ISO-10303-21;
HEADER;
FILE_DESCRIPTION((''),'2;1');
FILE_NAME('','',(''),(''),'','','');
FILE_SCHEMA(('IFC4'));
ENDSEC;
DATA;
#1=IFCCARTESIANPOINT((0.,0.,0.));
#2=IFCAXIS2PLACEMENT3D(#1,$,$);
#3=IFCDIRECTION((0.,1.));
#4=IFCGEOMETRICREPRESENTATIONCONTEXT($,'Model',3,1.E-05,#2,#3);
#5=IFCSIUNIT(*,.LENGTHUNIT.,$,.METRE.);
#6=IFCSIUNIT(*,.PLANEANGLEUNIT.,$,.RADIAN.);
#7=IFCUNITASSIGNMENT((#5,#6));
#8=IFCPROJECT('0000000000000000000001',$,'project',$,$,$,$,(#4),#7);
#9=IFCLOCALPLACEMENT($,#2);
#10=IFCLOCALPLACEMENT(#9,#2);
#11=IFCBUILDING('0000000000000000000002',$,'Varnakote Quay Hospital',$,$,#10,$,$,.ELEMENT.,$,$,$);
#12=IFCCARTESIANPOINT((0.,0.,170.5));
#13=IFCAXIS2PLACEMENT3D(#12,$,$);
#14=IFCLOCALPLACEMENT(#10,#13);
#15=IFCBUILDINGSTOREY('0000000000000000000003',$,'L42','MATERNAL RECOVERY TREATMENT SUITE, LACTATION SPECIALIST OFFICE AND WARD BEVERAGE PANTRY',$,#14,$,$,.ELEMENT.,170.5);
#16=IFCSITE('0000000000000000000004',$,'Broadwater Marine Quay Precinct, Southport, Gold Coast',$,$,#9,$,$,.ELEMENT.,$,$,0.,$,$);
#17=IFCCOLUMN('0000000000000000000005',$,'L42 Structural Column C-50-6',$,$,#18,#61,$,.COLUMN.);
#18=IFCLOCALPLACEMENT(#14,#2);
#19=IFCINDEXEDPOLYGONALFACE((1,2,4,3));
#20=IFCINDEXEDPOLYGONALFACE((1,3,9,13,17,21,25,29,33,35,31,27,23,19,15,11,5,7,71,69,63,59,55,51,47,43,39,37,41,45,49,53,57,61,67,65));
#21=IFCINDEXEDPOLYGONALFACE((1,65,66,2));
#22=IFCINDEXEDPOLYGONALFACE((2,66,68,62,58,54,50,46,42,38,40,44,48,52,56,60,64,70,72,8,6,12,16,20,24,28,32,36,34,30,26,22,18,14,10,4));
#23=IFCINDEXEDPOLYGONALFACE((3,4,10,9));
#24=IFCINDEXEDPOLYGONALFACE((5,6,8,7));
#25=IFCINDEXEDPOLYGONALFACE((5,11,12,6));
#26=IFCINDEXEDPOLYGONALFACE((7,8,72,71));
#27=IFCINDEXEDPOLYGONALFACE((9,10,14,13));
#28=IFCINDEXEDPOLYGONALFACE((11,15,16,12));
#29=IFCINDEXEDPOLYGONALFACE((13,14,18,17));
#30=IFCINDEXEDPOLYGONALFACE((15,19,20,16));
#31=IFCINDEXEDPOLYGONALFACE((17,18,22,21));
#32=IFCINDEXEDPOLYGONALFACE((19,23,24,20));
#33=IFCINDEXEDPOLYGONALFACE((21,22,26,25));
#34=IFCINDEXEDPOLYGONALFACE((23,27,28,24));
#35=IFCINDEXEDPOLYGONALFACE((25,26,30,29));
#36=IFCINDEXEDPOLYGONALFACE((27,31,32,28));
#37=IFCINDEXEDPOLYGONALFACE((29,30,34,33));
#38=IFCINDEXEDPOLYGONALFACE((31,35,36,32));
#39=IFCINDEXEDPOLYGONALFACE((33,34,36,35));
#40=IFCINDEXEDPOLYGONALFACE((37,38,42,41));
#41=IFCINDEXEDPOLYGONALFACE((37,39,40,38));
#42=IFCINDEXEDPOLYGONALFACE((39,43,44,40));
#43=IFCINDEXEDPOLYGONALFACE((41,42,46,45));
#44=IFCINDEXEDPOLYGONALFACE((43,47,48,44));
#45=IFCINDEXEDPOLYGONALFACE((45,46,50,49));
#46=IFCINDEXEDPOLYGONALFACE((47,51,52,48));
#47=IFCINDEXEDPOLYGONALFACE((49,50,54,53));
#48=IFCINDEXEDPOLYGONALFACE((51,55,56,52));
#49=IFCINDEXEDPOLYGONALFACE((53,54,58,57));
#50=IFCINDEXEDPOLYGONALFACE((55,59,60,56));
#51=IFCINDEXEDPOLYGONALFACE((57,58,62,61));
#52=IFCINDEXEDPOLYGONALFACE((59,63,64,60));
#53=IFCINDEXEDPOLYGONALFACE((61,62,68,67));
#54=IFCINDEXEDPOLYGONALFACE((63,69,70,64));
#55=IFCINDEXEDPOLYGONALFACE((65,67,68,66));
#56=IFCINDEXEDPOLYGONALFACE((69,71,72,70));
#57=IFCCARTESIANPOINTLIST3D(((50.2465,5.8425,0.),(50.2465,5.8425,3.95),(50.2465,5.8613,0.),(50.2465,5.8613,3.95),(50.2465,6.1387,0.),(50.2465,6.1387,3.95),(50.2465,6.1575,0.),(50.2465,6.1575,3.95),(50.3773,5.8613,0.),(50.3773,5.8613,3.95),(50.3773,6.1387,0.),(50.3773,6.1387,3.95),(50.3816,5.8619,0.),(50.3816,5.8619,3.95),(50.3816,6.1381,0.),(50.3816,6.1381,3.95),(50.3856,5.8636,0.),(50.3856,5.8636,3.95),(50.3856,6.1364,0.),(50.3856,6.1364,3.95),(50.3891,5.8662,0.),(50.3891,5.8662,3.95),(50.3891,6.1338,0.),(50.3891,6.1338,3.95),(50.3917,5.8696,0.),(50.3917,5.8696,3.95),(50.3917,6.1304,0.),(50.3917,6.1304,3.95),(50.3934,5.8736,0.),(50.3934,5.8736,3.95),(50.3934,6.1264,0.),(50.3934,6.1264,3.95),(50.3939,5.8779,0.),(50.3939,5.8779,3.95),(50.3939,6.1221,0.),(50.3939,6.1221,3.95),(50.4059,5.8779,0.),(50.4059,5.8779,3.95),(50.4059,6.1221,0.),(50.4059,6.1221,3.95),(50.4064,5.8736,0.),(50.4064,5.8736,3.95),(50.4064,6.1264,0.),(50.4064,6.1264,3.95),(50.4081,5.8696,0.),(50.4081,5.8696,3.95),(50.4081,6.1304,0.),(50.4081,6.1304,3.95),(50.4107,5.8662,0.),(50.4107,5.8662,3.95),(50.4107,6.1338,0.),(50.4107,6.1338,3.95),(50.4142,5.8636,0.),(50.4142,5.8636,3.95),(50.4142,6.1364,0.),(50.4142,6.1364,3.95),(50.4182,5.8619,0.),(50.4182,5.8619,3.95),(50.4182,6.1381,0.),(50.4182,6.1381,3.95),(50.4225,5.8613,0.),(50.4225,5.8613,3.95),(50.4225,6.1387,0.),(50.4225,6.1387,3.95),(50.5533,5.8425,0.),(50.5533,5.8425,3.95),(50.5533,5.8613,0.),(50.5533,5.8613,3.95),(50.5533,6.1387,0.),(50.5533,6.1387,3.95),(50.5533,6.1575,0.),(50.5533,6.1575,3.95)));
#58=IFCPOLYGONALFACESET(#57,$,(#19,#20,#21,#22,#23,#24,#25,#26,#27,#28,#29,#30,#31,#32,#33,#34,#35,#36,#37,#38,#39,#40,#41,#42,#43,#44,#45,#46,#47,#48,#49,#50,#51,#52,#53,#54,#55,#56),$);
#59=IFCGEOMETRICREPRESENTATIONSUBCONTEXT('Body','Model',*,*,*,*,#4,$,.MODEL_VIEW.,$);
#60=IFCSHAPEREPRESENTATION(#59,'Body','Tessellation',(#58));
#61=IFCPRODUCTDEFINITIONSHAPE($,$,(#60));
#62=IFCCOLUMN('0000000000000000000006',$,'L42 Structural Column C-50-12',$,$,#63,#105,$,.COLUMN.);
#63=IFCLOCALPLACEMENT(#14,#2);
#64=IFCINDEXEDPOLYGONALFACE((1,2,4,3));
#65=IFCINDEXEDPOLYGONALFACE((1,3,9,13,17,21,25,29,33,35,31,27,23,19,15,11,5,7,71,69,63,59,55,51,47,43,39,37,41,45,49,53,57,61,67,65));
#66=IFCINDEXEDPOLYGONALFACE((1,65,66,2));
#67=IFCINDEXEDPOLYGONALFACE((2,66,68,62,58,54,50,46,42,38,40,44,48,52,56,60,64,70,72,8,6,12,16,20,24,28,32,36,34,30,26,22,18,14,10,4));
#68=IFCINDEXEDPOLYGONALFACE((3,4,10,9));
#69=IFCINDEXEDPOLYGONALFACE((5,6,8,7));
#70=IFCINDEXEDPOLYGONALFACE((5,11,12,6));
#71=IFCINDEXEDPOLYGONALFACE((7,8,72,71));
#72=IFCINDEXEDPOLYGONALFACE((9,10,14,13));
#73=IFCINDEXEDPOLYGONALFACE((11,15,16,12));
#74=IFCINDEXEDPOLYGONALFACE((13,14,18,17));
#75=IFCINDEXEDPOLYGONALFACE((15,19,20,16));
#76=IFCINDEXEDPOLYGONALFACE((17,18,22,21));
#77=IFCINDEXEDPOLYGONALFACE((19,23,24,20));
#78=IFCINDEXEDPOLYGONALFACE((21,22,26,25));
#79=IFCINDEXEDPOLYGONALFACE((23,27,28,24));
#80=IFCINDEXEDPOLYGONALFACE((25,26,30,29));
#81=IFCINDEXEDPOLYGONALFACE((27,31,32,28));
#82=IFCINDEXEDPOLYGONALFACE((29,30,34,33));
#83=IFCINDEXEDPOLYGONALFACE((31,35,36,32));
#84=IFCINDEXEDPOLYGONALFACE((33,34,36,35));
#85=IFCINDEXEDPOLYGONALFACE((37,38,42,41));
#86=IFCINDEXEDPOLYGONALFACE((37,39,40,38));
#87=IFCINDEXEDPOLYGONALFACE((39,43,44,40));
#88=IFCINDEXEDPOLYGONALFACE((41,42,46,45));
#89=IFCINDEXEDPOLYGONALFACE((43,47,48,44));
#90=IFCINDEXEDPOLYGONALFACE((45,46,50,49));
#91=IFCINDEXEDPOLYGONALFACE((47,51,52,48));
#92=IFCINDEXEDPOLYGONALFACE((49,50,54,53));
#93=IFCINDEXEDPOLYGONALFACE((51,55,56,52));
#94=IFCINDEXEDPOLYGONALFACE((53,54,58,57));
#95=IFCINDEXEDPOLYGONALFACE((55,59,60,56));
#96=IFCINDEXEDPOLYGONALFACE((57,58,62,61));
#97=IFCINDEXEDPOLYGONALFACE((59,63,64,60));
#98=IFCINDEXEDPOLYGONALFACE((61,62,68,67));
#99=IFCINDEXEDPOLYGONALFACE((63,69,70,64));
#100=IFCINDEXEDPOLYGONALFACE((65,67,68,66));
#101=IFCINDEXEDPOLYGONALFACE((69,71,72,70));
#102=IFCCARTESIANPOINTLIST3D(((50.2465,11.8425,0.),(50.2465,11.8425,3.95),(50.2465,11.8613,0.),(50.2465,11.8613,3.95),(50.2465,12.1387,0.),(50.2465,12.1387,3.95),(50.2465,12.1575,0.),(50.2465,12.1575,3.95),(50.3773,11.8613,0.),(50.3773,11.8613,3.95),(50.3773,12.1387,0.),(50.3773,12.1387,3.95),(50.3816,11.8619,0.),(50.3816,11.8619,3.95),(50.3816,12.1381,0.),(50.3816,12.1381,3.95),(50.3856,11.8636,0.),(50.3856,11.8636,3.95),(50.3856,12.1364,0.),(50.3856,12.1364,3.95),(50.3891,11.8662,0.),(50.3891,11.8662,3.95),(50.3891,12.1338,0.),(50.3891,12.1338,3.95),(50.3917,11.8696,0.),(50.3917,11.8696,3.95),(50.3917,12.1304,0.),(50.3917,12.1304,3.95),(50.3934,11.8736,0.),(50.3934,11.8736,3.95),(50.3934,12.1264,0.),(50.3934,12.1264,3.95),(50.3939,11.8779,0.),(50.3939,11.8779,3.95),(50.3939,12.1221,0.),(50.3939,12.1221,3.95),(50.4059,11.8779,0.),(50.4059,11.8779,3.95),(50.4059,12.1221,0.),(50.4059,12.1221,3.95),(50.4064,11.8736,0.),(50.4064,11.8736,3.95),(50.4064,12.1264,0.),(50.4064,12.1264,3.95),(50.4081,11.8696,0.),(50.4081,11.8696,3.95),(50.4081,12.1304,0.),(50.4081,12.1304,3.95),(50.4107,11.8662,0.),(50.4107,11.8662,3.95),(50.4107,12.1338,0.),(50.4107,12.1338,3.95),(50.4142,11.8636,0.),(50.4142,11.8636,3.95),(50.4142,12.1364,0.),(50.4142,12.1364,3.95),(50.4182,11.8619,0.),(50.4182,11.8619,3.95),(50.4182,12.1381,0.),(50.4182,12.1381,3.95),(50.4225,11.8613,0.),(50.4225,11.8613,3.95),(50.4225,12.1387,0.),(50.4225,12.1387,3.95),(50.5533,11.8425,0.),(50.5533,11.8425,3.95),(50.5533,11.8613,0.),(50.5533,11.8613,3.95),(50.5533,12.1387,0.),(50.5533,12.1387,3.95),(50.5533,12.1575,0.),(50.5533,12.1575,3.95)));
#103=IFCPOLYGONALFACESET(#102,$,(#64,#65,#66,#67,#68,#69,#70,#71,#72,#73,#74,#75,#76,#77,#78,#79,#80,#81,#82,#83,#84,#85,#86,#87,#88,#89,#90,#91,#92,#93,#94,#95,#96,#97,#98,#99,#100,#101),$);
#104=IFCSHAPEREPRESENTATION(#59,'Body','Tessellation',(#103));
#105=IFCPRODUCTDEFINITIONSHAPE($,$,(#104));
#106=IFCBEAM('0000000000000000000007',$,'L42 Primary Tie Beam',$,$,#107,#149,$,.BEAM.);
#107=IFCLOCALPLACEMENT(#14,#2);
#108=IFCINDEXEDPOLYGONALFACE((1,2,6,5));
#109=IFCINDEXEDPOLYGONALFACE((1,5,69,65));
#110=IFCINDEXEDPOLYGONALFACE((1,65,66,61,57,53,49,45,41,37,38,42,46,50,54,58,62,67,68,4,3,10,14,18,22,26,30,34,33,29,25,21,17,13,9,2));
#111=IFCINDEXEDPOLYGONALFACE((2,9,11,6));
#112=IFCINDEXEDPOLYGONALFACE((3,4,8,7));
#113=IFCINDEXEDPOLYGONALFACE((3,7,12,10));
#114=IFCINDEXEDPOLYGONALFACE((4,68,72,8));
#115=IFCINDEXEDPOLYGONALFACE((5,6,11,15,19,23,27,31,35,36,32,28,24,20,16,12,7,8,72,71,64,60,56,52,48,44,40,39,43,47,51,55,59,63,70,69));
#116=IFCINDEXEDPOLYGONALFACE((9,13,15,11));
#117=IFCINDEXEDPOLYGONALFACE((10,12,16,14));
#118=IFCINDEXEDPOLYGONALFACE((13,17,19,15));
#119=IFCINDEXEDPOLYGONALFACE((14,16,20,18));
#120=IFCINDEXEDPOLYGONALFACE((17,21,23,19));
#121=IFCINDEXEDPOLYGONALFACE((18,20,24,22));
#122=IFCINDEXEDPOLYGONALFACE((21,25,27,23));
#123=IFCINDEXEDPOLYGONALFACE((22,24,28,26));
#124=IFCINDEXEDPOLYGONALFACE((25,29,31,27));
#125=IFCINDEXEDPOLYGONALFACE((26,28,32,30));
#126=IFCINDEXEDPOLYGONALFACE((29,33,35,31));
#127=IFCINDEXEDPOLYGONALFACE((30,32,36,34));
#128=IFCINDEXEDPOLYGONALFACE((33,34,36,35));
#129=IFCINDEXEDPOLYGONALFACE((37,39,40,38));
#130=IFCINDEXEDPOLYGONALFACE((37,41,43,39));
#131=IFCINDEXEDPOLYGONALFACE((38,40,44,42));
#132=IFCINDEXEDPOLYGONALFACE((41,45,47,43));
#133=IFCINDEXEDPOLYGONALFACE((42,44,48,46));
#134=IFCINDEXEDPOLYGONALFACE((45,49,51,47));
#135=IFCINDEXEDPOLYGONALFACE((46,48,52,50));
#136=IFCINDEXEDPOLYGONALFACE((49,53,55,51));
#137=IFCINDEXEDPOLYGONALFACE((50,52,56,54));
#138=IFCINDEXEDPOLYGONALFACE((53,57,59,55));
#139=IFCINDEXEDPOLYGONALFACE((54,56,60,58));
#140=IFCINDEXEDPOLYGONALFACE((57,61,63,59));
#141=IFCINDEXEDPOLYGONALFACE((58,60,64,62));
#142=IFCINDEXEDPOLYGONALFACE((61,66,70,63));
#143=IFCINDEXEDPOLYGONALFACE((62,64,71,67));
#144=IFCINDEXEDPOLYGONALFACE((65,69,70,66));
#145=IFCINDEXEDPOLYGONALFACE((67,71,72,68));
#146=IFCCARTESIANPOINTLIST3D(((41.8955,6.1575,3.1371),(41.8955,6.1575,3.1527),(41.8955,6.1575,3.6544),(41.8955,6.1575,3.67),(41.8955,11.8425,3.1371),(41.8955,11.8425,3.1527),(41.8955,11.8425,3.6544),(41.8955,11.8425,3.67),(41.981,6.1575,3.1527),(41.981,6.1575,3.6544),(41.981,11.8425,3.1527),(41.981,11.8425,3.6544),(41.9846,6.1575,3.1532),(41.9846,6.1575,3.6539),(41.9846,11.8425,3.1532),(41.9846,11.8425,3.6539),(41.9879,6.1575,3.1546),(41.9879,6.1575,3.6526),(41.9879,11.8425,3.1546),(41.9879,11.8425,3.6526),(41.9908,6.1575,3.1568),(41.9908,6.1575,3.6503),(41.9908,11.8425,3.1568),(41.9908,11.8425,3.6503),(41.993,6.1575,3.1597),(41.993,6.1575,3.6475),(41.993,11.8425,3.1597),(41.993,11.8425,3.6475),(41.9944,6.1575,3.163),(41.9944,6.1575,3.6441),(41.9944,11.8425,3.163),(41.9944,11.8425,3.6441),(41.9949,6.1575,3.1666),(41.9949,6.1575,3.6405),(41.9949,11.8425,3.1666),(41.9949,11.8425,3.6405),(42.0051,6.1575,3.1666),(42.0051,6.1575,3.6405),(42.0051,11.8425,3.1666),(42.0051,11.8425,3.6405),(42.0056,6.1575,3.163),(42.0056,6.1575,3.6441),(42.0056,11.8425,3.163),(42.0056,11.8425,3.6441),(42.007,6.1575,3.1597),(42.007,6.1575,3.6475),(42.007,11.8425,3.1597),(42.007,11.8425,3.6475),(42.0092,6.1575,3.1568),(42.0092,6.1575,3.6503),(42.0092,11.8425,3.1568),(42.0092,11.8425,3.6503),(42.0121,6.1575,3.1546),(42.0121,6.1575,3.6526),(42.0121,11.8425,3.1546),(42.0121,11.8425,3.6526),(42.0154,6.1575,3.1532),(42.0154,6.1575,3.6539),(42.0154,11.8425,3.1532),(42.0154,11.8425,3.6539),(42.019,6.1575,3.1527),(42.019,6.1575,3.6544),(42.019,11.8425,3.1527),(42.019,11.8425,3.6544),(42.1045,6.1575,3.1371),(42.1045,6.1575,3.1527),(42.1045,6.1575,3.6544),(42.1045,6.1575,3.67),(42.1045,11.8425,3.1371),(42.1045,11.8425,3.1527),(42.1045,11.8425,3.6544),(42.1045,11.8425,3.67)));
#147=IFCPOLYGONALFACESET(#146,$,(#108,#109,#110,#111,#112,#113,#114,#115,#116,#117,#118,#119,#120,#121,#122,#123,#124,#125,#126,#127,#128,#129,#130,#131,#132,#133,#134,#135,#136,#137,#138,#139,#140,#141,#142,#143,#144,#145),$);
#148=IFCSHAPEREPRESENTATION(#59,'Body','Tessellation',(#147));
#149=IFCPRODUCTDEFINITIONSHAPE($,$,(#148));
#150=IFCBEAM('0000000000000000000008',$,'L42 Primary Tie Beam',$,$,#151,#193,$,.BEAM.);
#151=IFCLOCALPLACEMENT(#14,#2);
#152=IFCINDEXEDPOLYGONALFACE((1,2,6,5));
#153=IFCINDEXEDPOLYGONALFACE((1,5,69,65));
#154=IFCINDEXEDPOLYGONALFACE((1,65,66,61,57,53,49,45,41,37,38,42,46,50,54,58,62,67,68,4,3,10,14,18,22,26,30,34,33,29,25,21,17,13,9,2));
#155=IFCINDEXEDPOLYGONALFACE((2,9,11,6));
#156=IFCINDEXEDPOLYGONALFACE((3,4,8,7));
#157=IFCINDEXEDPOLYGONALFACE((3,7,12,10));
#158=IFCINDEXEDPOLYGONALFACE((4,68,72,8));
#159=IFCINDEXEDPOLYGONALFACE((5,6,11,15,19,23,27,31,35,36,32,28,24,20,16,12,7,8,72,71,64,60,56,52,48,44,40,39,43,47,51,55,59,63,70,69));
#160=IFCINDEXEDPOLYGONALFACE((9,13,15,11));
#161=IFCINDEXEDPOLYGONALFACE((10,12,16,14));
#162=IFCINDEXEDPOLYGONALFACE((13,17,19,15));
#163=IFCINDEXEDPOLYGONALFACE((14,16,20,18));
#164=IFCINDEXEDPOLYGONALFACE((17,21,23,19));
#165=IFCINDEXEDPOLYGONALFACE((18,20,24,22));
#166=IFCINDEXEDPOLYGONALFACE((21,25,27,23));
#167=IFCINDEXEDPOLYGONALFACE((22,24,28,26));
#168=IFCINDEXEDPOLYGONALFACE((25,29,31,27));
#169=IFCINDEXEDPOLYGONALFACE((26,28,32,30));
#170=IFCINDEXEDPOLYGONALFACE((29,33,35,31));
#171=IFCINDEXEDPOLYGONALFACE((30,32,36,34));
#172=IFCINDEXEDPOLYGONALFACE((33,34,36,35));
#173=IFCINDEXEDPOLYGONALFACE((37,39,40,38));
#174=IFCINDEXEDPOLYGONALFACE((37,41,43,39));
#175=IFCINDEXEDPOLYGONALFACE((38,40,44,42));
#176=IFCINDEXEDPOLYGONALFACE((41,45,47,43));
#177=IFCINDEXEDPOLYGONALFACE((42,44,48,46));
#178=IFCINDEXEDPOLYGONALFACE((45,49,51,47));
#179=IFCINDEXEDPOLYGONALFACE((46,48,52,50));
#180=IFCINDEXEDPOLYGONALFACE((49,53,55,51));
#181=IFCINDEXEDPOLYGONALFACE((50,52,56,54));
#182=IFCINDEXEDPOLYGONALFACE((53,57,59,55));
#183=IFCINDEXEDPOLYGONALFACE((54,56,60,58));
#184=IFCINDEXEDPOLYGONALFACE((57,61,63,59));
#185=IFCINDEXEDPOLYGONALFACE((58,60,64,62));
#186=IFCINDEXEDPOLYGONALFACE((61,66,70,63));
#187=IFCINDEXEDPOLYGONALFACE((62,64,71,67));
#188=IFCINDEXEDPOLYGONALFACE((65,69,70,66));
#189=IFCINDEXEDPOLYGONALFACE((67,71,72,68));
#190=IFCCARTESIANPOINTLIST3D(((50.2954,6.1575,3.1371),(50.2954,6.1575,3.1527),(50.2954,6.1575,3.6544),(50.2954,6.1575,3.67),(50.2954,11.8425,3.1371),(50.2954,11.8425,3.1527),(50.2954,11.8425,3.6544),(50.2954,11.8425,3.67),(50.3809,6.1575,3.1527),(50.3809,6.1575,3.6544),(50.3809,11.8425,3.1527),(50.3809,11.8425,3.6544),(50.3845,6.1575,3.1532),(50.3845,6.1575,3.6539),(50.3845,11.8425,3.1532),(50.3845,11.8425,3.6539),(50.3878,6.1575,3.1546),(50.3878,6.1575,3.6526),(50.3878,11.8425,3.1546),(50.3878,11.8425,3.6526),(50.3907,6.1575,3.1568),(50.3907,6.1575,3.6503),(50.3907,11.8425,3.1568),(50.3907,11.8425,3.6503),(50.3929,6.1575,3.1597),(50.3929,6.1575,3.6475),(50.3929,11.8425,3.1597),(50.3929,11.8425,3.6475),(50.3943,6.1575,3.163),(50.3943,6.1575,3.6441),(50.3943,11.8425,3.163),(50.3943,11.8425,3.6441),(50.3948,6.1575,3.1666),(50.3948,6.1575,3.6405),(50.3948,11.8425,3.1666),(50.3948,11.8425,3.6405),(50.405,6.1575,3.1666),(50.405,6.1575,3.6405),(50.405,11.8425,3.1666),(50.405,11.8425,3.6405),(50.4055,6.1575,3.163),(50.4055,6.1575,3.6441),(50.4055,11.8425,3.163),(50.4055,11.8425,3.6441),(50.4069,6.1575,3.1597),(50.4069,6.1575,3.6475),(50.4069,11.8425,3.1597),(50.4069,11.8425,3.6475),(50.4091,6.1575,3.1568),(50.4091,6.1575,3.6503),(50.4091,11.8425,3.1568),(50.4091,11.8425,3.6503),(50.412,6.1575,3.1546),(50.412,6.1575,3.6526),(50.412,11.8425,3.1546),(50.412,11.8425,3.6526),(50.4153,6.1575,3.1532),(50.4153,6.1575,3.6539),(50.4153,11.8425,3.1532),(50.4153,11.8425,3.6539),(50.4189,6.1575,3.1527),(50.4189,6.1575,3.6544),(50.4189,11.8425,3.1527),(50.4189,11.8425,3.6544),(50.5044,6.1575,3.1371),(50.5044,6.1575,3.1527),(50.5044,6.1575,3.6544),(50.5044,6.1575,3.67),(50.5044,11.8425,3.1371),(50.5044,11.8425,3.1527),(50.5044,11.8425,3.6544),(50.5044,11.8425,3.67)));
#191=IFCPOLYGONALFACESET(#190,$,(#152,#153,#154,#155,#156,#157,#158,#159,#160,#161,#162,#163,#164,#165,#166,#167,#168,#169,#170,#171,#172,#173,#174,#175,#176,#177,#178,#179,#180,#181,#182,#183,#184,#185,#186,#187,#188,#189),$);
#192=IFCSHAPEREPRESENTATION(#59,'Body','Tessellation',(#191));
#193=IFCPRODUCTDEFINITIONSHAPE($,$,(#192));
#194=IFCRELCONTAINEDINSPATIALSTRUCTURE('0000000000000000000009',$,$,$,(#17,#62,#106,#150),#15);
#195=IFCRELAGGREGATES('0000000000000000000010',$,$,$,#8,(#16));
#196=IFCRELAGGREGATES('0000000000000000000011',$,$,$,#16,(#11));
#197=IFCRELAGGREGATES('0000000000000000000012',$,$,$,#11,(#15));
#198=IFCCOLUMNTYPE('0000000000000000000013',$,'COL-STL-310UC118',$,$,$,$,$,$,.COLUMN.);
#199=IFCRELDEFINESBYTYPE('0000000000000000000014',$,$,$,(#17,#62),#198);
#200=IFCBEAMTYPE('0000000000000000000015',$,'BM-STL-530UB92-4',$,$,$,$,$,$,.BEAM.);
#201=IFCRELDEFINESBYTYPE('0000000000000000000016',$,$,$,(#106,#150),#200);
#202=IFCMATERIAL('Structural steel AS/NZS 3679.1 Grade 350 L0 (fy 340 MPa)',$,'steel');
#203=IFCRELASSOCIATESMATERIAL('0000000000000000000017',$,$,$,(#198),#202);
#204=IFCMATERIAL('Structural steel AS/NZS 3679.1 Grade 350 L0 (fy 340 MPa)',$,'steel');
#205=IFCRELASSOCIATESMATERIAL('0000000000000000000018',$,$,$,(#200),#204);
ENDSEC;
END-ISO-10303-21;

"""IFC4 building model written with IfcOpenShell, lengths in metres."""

from ifc_helpers import new_model, si_unit, direction, frame, origin, origin_2d, place, context, subcontext, project, spatial, i_section, extrude, material, material_profile, profile_set, type_object, element, save


model = new_model("IFC4")

# Units and contexts
model_context = context("Model", 3, precision=1e-05, world=origin(), true_north=direction((0.0, 1.0)))
body_context = subcontext(model_context, "Body", "Model", "MODEL_VIEW")
ifc_project = project(units=[si_unit("LENGTHUNIT", "METRE"), si_unit("PLANEANGLEUNIT", "RADIAN")], contexts=[model_context])

# Site, building, storey
site_placement = place(None, origin())
site = spatial("IfcSite", under=ifc_project, at=site_placement, Name="Broadwater Marine Quay Precinct, Southport, Gold Coast", CompositionType="ELEMENT", RefElevation=0.0)
building_placement = place(site_placement, origin())
building = spatial("IfcBuilding", under=site, at=building_placement, Name="Varnakote Quay Hospital", CompositionType="ELEMENT")
storey_placement = place(building_placement, frame((0.0, 0.0, 170.5)))
storey = spatial("IfcBuildingStorey", under=building, at=storey_placement, Name="L42", Description="MATERNAL RECOVERY TREATMENT SUITE, LACTATION SPECIALIST OFFICE AND WARD BEVERAGE PANTRY", CompositionType="ELEMENT", Elevation=170.5)

# Columns
ifc_material_1 = material(Name="Structural steel AS/NZS 3679.1 Grade 350 L0 (fy 340 MPa)", Category="steel")
ifc_material_profile_1 = material_profile(ifc_material_1, i_section(OverallWidth=0.3069, OverallDepth=0.3149, WebThickness=0.012, FlangeThickness=0.0188, FilletRadius=0.0166, at=origin_2d()), Name="310UC118")
ifc_profile_set_1 = profile_set([ifc_material_profile_1], Name="Structural steel AS/NZS 3679.1 Grade 350 L0 (fy 340 MPa)")
column_type = type_object("IfcColumnType", Name="COL-STL-310UC118", PredefinedType="COLUMN", material=ifc_profile_set_1)
for number, where, z_axis, x_axis, name in (
    (1, (50.3999, 6.0, 0.0), (0.0, 0.0, 1.0), (1.0, 0.0, 0.0), "L42 Structural Column C-50-6"),
    (2, (50.3999, 12.0, 0.0), (0.0, 0.0, 1.0), (1.0, 0.0, 0.0), "L42 Structural Column C-50-12"),
):
    element("IfcColumn", number, at=place(storey_placement, frame(where, z_axis=z_axis, x_axis=x_axis)), inside=storey, type_object=column_type, Name=name, PredefinedType="COLUMN", context=body_context, shape_type="SweptSolid", body=[
        extrude(i_section(OverallWidth=0.3069, OverallDepth=0.3149, WebThickness=0.012, FlangeThickness=0.0188, FilletRadius=0.0166, at=origin_2d()), origin(), (0.0, 0.0, 1.0), 3.95),
    ])

# Beams
ifc_material_2 = material(Name="Structural steel AS/NZS 3679.1 Grade 350 L0 (fy 340 MPa)", Category="steel")
ifc_material_profile_2 = material_profile(ifc_material_2, i_section(OverallWidth=0.209, OverallDepth=0.533, WebThickness=0.0103, FlangeThickness=0.0156, FilletRadius=0.0139, at=origin_2d()), Name="530UB92.4")
ifc_profile_set_2 = profile_set([ifc_material_profile_2], Name="Structural steel AS/NZS 3679.1 Grade 350 L0 (fy 340 MPa)")
beam_type_1 = type_object("IfcBeamType", Name="BM-STL-530UB92-4", PredefinedType="BEAM", material=ifc_profile_set_2)
for number, where, z_axis, x_axis, name in (
    (3, (42.0, 6.1575, 3.4036), (0.0, 1.0, 0.0), (-1.0, 0.0, 0.0), "L42 Primary Tie Beam"),
    (4, (50.3999, 6.1575, 3.4036), (0.0, 1.0, 0.0), (-1.0, 0.0, 0.0), "L42 Primary Tie Beam"),
):
    element("IfcBeam", number, at=place(storey_placement, frame(where, z_axis=z_axis, x_axis=x_axis)), inside=storey, type_object=beam_type_1, Name=name, PredefinedType="BEAM", context=body_context, shape_type="SweptSolid", body=[
        extrude(i_section(OverallWidth=0.209, OverallDepth=0.533, WebThickness=0.0103, FlangeThickness=0.0156, FilletRadius=0.0139, at=origin_2d()), origin(), (0.0, 0.0, 1.0), 5.6851),
    ])

save(model, "model.ifc")
